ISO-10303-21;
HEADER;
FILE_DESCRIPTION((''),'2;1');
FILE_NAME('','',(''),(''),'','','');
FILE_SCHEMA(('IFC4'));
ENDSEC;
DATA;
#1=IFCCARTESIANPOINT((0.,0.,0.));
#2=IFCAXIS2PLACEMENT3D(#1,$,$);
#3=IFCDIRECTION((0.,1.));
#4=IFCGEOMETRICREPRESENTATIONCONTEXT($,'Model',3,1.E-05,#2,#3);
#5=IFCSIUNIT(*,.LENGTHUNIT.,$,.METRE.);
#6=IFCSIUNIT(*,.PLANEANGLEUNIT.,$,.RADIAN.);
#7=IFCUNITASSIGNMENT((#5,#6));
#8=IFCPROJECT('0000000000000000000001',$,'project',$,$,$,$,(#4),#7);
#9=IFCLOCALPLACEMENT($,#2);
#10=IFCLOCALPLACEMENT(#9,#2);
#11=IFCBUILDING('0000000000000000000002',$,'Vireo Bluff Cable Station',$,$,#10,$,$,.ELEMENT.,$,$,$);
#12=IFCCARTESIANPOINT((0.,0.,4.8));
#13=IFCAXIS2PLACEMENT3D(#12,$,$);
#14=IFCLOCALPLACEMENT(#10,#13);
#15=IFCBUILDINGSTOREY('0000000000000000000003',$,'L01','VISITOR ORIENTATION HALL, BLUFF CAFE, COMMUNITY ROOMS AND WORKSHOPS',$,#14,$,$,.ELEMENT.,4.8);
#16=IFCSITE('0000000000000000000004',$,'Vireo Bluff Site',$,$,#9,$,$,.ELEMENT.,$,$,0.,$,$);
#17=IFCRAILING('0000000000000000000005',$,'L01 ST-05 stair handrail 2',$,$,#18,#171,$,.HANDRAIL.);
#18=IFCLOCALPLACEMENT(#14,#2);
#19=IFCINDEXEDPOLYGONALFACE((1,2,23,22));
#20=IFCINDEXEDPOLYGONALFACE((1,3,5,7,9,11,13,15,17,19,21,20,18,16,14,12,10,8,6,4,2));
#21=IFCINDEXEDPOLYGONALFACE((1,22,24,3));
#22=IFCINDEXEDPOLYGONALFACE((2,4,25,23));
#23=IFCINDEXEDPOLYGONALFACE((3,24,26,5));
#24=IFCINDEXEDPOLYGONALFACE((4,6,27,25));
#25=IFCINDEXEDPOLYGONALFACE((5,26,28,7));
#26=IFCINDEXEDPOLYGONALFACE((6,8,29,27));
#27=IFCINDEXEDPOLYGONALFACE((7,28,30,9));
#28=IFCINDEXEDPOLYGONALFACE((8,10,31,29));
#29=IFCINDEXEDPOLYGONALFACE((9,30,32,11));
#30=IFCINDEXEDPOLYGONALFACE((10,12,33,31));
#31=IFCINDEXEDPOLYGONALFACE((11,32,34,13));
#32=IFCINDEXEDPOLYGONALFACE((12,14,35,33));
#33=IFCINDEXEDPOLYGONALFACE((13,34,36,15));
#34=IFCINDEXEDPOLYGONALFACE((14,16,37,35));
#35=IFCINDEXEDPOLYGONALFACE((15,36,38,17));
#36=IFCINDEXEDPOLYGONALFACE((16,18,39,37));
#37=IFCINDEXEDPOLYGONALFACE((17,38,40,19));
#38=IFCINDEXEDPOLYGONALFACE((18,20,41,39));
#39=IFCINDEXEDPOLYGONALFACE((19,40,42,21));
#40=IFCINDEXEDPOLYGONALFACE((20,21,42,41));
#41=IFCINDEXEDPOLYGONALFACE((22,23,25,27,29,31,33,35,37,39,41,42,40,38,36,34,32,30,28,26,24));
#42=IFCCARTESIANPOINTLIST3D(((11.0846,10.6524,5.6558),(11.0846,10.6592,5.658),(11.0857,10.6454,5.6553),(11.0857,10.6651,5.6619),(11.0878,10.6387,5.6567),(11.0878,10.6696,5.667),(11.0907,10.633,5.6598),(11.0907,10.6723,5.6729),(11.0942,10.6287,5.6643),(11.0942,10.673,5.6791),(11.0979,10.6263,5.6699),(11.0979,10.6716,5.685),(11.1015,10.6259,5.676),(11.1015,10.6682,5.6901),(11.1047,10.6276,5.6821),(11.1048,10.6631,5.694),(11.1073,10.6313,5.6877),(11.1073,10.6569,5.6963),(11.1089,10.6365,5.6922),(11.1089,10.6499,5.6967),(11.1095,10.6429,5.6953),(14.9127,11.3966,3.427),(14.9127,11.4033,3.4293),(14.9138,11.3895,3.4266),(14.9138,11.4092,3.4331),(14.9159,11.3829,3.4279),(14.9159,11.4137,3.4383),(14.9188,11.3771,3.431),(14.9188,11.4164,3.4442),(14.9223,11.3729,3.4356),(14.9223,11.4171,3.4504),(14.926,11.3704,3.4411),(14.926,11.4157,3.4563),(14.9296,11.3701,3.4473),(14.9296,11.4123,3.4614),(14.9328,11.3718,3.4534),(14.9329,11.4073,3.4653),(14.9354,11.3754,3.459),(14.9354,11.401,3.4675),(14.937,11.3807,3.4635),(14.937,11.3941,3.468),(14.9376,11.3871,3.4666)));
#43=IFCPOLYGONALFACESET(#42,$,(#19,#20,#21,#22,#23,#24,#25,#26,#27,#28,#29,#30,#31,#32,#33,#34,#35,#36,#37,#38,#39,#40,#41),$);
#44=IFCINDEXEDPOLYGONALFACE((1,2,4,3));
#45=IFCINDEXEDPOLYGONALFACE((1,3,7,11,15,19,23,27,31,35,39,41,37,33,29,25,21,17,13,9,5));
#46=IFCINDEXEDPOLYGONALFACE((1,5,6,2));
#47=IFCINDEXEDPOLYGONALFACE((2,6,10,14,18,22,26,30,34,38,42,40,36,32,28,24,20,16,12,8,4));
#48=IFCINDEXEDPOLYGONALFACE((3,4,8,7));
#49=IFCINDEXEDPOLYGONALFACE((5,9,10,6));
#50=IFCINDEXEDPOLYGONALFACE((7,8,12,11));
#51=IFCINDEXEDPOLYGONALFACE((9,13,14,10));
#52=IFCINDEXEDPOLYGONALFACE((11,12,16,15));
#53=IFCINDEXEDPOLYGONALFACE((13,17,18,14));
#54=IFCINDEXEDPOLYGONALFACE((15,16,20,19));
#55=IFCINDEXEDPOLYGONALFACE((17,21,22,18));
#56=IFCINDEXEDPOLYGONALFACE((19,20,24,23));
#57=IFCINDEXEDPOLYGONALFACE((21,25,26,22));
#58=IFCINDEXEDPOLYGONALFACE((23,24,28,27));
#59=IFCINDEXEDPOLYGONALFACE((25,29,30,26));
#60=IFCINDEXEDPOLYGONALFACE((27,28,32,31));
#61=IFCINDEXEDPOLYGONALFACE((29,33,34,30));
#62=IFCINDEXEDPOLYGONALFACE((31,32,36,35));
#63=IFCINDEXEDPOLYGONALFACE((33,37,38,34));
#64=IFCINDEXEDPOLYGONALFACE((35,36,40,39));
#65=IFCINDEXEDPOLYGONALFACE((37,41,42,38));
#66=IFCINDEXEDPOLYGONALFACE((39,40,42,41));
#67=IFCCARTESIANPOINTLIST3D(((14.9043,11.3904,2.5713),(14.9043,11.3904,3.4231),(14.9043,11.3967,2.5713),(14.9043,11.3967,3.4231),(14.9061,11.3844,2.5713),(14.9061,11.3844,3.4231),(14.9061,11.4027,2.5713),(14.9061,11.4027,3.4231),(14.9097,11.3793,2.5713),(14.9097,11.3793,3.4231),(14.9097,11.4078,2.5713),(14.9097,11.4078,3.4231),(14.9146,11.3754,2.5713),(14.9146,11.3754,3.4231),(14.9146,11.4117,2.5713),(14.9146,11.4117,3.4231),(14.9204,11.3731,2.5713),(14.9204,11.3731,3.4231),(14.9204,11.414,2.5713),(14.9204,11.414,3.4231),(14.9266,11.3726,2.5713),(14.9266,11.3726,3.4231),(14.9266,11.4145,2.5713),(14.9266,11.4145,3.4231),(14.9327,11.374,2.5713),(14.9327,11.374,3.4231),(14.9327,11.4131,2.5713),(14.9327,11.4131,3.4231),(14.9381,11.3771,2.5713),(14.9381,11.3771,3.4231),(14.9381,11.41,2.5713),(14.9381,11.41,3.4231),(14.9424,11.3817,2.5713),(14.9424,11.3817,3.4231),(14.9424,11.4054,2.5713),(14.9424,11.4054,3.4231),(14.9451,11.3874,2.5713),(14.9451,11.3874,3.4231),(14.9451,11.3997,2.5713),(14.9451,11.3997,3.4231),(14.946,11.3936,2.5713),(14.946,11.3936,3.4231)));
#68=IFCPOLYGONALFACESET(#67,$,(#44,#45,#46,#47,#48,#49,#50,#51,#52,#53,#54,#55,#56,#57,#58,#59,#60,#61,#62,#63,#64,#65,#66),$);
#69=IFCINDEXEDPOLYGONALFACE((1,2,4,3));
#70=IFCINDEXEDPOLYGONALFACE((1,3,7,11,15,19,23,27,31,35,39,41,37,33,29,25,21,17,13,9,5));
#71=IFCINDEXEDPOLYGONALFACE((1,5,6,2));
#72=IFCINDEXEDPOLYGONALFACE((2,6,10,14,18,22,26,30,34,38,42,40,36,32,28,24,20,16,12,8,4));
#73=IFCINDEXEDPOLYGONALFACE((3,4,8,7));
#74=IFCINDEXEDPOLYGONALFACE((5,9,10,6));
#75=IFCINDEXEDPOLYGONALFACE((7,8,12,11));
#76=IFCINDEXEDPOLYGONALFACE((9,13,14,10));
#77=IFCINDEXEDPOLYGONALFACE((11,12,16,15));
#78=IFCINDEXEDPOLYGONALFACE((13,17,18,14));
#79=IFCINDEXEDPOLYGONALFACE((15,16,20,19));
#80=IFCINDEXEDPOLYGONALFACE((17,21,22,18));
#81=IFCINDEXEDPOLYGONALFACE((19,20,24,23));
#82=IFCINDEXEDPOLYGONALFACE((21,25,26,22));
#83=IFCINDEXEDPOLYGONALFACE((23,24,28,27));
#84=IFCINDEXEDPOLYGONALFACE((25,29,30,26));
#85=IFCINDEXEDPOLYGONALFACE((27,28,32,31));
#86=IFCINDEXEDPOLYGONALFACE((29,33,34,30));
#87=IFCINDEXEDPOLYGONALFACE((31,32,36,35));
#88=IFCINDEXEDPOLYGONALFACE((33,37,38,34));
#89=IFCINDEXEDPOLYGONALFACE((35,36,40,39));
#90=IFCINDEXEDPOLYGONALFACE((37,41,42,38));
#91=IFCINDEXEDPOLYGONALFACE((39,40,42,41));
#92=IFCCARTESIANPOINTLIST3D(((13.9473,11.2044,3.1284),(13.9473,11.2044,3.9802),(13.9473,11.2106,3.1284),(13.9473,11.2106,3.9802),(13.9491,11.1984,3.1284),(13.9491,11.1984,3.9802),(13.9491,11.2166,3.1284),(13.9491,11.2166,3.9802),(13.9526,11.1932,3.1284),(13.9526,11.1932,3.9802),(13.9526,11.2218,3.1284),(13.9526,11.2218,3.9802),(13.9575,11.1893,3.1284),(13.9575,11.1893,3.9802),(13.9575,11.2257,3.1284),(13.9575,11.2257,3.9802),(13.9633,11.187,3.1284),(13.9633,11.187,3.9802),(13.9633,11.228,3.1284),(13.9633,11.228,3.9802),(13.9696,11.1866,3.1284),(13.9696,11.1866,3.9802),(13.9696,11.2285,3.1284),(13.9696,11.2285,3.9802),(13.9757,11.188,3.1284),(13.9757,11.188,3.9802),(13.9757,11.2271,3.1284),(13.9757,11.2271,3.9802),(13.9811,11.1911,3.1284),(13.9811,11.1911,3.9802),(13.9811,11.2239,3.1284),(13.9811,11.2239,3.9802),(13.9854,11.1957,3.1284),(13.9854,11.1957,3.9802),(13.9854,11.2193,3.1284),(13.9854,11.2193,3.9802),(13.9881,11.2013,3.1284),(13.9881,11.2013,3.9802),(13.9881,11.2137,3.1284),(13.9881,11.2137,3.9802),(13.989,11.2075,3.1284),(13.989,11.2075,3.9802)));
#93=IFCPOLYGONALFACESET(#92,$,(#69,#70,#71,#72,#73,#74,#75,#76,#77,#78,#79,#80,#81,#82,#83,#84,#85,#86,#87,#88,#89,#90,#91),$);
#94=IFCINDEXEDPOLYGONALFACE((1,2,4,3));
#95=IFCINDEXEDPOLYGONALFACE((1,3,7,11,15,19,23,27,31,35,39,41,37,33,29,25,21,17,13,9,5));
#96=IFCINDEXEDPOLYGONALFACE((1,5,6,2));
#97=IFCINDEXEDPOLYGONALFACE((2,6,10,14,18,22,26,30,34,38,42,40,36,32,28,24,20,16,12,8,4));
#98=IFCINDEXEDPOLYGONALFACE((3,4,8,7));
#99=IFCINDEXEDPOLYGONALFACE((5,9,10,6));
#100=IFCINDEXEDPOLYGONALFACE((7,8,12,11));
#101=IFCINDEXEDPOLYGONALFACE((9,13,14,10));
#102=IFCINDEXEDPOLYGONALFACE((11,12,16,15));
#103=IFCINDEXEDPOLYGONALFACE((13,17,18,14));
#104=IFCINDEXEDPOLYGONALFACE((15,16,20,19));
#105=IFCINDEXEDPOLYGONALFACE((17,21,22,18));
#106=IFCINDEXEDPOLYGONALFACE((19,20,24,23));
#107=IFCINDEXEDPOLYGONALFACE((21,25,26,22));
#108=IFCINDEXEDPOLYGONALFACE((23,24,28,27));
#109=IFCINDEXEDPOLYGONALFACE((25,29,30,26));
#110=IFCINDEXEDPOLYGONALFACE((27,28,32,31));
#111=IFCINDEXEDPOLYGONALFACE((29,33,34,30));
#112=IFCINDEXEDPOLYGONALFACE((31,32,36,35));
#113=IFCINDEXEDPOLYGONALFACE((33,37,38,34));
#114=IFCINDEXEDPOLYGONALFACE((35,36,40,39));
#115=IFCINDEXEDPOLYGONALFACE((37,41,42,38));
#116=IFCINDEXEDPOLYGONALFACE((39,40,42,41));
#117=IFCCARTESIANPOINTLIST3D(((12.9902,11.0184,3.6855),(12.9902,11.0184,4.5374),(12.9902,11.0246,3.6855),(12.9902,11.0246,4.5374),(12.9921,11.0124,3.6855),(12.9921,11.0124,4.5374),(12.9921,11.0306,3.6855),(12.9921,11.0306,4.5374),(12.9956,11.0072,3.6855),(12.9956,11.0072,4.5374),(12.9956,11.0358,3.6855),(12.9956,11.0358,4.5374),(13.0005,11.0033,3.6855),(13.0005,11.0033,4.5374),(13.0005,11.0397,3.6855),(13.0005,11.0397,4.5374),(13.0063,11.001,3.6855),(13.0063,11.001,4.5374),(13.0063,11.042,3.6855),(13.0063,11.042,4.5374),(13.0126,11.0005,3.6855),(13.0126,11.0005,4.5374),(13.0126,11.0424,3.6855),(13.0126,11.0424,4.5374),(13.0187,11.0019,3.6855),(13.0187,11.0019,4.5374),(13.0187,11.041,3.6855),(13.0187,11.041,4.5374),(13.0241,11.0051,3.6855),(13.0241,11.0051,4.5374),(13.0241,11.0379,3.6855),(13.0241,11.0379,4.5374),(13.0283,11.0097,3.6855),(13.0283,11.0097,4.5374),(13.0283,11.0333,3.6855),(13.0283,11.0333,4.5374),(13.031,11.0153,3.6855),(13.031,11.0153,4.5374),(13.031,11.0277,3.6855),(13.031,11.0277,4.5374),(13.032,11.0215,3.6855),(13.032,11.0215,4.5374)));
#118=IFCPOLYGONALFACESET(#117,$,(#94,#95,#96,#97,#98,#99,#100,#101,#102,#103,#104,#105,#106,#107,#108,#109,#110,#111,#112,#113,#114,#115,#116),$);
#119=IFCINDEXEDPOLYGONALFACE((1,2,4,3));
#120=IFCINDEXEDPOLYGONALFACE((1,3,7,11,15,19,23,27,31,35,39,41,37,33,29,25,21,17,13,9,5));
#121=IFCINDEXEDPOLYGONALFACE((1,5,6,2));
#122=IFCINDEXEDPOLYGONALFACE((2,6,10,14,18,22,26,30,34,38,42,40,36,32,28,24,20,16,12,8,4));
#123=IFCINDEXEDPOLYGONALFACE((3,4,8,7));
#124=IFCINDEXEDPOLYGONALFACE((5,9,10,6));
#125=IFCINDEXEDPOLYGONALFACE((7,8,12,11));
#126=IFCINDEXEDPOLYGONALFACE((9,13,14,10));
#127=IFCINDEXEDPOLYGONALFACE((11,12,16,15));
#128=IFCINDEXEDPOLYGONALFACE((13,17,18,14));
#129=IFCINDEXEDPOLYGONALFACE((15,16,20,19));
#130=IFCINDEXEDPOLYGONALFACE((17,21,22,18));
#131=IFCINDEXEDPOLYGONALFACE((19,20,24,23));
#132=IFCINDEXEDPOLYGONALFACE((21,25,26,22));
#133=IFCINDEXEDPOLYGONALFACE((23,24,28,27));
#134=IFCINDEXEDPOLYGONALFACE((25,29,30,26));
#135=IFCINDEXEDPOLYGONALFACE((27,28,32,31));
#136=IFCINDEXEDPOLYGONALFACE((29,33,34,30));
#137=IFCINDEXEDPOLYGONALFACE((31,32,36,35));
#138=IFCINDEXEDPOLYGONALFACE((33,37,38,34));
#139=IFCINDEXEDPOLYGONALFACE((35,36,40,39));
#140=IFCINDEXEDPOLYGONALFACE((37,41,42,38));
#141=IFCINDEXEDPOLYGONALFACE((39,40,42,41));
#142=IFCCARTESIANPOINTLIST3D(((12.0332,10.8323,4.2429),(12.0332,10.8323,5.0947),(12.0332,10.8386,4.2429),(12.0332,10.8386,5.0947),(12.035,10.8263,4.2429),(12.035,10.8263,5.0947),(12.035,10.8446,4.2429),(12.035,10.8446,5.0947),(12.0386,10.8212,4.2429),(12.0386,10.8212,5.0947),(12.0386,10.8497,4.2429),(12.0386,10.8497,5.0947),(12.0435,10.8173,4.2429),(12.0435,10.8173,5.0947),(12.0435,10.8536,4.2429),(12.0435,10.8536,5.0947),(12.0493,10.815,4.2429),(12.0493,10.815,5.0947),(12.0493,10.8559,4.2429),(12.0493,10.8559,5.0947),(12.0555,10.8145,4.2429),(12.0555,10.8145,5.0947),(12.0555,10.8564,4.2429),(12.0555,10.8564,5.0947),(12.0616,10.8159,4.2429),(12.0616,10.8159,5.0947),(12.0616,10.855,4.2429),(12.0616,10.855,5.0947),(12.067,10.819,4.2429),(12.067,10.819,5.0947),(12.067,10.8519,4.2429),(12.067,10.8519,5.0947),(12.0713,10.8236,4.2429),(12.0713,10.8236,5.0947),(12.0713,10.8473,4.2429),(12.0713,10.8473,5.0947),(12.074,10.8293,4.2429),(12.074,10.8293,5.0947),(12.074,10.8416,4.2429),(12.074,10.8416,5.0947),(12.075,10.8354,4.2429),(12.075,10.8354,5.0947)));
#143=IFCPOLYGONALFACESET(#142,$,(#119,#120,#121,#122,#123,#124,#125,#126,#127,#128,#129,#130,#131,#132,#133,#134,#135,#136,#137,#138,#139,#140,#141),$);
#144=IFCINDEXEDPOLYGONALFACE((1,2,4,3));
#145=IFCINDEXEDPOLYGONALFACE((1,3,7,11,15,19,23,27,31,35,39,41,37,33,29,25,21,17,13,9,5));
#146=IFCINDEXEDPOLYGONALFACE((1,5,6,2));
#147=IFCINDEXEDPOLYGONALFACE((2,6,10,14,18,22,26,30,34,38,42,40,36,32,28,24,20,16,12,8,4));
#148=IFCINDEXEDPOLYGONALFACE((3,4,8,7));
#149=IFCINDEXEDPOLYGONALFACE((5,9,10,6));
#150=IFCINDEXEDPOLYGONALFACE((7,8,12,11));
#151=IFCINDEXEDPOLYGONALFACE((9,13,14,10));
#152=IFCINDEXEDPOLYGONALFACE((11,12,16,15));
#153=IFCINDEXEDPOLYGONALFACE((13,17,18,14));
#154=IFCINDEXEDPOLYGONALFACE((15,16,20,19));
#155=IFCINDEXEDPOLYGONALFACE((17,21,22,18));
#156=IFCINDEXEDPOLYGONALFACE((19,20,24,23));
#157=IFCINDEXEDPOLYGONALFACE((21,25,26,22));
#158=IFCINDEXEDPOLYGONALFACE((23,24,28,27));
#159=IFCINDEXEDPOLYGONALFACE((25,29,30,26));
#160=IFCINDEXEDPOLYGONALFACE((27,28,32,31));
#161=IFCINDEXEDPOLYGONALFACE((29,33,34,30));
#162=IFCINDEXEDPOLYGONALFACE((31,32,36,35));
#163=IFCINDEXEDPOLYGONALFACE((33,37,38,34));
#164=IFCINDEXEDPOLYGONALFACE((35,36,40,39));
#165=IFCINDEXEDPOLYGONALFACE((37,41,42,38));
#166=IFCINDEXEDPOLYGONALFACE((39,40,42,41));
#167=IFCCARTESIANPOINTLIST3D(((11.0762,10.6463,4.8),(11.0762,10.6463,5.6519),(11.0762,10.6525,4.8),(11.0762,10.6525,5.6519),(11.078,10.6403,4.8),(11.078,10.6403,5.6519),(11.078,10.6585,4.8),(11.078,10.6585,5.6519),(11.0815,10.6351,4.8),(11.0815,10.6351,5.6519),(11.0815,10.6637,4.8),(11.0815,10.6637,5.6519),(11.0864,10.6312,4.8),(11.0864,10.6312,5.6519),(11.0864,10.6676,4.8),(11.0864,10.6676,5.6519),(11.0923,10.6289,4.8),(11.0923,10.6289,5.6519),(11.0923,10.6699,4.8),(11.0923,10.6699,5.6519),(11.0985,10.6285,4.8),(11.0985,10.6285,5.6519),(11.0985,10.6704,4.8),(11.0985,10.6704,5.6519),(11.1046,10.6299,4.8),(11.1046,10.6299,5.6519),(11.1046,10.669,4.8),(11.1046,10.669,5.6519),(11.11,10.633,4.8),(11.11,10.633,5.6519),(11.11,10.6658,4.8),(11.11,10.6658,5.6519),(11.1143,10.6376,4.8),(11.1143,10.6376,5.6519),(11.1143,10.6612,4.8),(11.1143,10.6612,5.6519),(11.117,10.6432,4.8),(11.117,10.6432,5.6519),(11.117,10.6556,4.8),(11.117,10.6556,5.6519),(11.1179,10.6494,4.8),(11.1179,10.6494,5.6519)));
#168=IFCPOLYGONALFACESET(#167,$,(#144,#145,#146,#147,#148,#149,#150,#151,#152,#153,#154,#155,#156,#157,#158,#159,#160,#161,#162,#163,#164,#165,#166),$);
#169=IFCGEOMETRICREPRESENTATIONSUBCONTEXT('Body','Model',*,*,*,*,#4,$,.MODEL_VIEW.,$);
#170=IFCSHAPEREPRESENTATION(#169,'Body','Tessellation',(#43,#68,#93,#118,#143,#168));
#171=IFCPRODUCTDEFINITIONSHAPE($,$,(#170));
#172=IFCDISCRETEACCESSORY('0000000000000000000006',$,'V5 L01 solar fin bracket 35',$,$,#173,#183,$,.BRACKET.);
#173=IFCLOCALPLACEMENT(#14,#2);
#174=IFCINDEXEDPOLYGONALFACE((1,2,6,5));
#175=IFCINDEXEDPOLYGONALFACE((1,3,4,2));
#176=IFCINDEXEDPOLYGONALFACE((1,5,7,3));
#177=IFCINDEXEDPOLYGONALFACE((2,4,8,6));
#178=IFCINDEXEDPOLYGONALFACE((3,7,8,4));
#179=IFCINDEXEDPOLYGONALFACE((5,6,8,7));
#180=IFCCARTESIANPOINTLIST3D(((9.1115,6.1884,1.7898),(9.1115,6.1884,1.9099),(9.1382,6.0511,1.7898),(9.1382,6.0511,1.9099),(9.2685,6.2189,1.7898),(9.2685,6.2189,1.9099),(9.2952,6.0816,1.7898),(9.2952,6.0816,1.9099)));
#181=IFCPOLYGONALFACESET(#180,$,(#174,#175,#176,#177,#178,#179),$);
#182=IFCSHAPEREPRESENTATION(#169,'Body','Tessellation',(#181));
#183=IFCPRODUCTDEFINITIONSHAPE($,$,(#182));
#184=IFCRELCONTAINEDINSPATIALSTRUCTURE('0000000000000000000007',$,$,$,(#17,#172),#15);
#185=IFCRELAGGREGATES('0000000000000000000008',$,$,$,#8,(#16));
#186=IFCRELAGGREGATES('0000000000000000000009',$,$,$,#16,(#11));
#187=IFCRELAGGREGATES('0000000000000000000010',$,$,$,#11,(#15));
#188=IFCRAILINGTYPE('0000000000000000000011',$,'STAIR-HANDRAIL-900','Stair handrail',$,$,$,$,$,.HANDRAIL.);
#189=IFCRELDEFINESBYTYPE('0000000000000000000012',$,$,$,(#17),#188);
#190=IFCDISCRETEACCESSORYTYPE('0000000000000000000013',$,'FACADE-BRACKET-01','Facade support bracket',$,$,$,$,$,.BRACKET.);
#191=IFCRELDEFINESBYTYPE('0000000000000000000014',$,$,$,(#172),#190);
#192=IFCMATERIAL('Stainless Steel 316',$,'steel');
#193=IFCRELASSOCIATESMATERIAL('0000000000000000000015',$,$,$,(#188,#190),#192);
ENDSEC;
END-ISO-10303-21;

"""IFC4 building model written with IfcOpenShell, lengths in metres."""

from ifc_helpers import new_model, si_unit, direction, frame, origin, origin_2d, place, context, subcontext, project, spatial, rectangle, circle, extrude, material, type_object, element, save


model = new_model("IFC4")

# Units and contexts
model_context = context("Model", 3, precision=1e-05, world=origin(), true_north=direction((0.0, 1.0)))
body_context = subcontext(model_context, "Body", "Model", "MODEL_VIEW")
ifc_project = project(units=[si_unit("LENGTHUNIT", "METRE"), si_unit("PLANEANGLEUNIT", "RADIAN")], contexts=[model_context])

# Site, building, storey
site_placement = place(None, origin())
site = spatial("IfcSite", under=ifc_project, at=site_placement, Name="Vireo Bluff Site", CompositionType="ELEMENT", RefElevation=0.0)
building_placement = place(site_placement, origin())
building = spatial("IfcBuilding", under=site, at=building_placement, Name="Vireo Bluff Cable Station", CompositionType="ELEMENT")
storey_placement = place(building_placement, frame((0.0, 0.0, 4.8)))
storey = spatial("IfcBuildingStorey", under=building, at=storey_placement, Name="L01", Description="VISITOR ORIENTATION HALL, BLUFF CAFE, COMMUNITY ROOMS AND WORKSHOPS", CompositionType="ELEMENT", Elevation=4.8)

# Shared definitions
ifc_material_1 = material(Name="Stainless Steel 316", Category="steel")

# Railing
railing_type_1 = type_object("IfcRailingType", Name="STAIR-HANDRAIL-900", Description="Stair handrail", PredefinedType="HANDRAIL", material=ifc_material_1)
railing_1_placement = place(storey_placement, frame((14.925, 11.3936, 2.5713)))
element("IfcRailing", 1, at=railing_1_placement, inside=storey, type_object=railing_type_1, Name="L01 ST-05 stair handrail 2", PredefinedType="HANDRAIL", context=body_context, shape_type="SweptSolid", body=[
    extrude(circle(Radius=0.0239, at=origin_2d()), frame((0.0, 0.0, 0.876), z_axis=(-0.85226, -0.165669, 0.496192), x_axis=(0.190816, -0.981626, 0.0)), (0.0, 0.0, 1.0), 4.4917),
    extrude(circle(Radius=0.021, at=origin_2d()), origin(), (0.0, 0.0, 1.0), 0.8518),
    extrude(circle(Radius=0.021, at=origin_2d()), frame((-0.957, -0.186, 0.5571)), (0.0, 0.0, 1.0), 0.8518),
    extrude(circle(Radius=0.021, at=origin_2d()), frame((-1.9141, -0.3721, 1.1143)), (0.0, 0.0, 1.0), 0.8518),
    extrude(circle(Radius=0.021, at=origin_2d()), frame((-2.8711, -0.5581, 1.6716)), (0.0, 0.0, 1.0), 0.8518),
    extrude(circle(Radius=0.021, at=origin_2d()), frame((-3.8281, -0.7441, 2.2288)), (0.0, 0.0, 1.0), 0.8518),
])

# Discrete accessory
discrete_accessory_type = type_object("IfcDiscreteAccessoryType", Name="FACADE-BRACKET-01", Description="Facade support bracket", PredefinedType="BRACKET", material=ifc_material_1)
discrete_accessory_placement = place(storey_placement, frame((9.2034, 6.135, 1.7898), z_axis=(0.0, 0.0, 1.0), x_axis=(-0.190809, 0.981627, 0.0)))
element("IfcDiscreteAccessory", 2, at=discrete_accessory_placement, inside=storey, type_object=discrete_accessory_type, Name="V5 L01 solar fin bracket 35", PredefinedType="BRACKET", context=body_context, shape_type="SweptSolid", body=[
    extrude(rectangle(XDim=0.1399, YDim=0.1599, at=origin_2d()), origin(), (0.0, 0.0, 1.0), 0.1201),
])

save(model, "model.ifc")
